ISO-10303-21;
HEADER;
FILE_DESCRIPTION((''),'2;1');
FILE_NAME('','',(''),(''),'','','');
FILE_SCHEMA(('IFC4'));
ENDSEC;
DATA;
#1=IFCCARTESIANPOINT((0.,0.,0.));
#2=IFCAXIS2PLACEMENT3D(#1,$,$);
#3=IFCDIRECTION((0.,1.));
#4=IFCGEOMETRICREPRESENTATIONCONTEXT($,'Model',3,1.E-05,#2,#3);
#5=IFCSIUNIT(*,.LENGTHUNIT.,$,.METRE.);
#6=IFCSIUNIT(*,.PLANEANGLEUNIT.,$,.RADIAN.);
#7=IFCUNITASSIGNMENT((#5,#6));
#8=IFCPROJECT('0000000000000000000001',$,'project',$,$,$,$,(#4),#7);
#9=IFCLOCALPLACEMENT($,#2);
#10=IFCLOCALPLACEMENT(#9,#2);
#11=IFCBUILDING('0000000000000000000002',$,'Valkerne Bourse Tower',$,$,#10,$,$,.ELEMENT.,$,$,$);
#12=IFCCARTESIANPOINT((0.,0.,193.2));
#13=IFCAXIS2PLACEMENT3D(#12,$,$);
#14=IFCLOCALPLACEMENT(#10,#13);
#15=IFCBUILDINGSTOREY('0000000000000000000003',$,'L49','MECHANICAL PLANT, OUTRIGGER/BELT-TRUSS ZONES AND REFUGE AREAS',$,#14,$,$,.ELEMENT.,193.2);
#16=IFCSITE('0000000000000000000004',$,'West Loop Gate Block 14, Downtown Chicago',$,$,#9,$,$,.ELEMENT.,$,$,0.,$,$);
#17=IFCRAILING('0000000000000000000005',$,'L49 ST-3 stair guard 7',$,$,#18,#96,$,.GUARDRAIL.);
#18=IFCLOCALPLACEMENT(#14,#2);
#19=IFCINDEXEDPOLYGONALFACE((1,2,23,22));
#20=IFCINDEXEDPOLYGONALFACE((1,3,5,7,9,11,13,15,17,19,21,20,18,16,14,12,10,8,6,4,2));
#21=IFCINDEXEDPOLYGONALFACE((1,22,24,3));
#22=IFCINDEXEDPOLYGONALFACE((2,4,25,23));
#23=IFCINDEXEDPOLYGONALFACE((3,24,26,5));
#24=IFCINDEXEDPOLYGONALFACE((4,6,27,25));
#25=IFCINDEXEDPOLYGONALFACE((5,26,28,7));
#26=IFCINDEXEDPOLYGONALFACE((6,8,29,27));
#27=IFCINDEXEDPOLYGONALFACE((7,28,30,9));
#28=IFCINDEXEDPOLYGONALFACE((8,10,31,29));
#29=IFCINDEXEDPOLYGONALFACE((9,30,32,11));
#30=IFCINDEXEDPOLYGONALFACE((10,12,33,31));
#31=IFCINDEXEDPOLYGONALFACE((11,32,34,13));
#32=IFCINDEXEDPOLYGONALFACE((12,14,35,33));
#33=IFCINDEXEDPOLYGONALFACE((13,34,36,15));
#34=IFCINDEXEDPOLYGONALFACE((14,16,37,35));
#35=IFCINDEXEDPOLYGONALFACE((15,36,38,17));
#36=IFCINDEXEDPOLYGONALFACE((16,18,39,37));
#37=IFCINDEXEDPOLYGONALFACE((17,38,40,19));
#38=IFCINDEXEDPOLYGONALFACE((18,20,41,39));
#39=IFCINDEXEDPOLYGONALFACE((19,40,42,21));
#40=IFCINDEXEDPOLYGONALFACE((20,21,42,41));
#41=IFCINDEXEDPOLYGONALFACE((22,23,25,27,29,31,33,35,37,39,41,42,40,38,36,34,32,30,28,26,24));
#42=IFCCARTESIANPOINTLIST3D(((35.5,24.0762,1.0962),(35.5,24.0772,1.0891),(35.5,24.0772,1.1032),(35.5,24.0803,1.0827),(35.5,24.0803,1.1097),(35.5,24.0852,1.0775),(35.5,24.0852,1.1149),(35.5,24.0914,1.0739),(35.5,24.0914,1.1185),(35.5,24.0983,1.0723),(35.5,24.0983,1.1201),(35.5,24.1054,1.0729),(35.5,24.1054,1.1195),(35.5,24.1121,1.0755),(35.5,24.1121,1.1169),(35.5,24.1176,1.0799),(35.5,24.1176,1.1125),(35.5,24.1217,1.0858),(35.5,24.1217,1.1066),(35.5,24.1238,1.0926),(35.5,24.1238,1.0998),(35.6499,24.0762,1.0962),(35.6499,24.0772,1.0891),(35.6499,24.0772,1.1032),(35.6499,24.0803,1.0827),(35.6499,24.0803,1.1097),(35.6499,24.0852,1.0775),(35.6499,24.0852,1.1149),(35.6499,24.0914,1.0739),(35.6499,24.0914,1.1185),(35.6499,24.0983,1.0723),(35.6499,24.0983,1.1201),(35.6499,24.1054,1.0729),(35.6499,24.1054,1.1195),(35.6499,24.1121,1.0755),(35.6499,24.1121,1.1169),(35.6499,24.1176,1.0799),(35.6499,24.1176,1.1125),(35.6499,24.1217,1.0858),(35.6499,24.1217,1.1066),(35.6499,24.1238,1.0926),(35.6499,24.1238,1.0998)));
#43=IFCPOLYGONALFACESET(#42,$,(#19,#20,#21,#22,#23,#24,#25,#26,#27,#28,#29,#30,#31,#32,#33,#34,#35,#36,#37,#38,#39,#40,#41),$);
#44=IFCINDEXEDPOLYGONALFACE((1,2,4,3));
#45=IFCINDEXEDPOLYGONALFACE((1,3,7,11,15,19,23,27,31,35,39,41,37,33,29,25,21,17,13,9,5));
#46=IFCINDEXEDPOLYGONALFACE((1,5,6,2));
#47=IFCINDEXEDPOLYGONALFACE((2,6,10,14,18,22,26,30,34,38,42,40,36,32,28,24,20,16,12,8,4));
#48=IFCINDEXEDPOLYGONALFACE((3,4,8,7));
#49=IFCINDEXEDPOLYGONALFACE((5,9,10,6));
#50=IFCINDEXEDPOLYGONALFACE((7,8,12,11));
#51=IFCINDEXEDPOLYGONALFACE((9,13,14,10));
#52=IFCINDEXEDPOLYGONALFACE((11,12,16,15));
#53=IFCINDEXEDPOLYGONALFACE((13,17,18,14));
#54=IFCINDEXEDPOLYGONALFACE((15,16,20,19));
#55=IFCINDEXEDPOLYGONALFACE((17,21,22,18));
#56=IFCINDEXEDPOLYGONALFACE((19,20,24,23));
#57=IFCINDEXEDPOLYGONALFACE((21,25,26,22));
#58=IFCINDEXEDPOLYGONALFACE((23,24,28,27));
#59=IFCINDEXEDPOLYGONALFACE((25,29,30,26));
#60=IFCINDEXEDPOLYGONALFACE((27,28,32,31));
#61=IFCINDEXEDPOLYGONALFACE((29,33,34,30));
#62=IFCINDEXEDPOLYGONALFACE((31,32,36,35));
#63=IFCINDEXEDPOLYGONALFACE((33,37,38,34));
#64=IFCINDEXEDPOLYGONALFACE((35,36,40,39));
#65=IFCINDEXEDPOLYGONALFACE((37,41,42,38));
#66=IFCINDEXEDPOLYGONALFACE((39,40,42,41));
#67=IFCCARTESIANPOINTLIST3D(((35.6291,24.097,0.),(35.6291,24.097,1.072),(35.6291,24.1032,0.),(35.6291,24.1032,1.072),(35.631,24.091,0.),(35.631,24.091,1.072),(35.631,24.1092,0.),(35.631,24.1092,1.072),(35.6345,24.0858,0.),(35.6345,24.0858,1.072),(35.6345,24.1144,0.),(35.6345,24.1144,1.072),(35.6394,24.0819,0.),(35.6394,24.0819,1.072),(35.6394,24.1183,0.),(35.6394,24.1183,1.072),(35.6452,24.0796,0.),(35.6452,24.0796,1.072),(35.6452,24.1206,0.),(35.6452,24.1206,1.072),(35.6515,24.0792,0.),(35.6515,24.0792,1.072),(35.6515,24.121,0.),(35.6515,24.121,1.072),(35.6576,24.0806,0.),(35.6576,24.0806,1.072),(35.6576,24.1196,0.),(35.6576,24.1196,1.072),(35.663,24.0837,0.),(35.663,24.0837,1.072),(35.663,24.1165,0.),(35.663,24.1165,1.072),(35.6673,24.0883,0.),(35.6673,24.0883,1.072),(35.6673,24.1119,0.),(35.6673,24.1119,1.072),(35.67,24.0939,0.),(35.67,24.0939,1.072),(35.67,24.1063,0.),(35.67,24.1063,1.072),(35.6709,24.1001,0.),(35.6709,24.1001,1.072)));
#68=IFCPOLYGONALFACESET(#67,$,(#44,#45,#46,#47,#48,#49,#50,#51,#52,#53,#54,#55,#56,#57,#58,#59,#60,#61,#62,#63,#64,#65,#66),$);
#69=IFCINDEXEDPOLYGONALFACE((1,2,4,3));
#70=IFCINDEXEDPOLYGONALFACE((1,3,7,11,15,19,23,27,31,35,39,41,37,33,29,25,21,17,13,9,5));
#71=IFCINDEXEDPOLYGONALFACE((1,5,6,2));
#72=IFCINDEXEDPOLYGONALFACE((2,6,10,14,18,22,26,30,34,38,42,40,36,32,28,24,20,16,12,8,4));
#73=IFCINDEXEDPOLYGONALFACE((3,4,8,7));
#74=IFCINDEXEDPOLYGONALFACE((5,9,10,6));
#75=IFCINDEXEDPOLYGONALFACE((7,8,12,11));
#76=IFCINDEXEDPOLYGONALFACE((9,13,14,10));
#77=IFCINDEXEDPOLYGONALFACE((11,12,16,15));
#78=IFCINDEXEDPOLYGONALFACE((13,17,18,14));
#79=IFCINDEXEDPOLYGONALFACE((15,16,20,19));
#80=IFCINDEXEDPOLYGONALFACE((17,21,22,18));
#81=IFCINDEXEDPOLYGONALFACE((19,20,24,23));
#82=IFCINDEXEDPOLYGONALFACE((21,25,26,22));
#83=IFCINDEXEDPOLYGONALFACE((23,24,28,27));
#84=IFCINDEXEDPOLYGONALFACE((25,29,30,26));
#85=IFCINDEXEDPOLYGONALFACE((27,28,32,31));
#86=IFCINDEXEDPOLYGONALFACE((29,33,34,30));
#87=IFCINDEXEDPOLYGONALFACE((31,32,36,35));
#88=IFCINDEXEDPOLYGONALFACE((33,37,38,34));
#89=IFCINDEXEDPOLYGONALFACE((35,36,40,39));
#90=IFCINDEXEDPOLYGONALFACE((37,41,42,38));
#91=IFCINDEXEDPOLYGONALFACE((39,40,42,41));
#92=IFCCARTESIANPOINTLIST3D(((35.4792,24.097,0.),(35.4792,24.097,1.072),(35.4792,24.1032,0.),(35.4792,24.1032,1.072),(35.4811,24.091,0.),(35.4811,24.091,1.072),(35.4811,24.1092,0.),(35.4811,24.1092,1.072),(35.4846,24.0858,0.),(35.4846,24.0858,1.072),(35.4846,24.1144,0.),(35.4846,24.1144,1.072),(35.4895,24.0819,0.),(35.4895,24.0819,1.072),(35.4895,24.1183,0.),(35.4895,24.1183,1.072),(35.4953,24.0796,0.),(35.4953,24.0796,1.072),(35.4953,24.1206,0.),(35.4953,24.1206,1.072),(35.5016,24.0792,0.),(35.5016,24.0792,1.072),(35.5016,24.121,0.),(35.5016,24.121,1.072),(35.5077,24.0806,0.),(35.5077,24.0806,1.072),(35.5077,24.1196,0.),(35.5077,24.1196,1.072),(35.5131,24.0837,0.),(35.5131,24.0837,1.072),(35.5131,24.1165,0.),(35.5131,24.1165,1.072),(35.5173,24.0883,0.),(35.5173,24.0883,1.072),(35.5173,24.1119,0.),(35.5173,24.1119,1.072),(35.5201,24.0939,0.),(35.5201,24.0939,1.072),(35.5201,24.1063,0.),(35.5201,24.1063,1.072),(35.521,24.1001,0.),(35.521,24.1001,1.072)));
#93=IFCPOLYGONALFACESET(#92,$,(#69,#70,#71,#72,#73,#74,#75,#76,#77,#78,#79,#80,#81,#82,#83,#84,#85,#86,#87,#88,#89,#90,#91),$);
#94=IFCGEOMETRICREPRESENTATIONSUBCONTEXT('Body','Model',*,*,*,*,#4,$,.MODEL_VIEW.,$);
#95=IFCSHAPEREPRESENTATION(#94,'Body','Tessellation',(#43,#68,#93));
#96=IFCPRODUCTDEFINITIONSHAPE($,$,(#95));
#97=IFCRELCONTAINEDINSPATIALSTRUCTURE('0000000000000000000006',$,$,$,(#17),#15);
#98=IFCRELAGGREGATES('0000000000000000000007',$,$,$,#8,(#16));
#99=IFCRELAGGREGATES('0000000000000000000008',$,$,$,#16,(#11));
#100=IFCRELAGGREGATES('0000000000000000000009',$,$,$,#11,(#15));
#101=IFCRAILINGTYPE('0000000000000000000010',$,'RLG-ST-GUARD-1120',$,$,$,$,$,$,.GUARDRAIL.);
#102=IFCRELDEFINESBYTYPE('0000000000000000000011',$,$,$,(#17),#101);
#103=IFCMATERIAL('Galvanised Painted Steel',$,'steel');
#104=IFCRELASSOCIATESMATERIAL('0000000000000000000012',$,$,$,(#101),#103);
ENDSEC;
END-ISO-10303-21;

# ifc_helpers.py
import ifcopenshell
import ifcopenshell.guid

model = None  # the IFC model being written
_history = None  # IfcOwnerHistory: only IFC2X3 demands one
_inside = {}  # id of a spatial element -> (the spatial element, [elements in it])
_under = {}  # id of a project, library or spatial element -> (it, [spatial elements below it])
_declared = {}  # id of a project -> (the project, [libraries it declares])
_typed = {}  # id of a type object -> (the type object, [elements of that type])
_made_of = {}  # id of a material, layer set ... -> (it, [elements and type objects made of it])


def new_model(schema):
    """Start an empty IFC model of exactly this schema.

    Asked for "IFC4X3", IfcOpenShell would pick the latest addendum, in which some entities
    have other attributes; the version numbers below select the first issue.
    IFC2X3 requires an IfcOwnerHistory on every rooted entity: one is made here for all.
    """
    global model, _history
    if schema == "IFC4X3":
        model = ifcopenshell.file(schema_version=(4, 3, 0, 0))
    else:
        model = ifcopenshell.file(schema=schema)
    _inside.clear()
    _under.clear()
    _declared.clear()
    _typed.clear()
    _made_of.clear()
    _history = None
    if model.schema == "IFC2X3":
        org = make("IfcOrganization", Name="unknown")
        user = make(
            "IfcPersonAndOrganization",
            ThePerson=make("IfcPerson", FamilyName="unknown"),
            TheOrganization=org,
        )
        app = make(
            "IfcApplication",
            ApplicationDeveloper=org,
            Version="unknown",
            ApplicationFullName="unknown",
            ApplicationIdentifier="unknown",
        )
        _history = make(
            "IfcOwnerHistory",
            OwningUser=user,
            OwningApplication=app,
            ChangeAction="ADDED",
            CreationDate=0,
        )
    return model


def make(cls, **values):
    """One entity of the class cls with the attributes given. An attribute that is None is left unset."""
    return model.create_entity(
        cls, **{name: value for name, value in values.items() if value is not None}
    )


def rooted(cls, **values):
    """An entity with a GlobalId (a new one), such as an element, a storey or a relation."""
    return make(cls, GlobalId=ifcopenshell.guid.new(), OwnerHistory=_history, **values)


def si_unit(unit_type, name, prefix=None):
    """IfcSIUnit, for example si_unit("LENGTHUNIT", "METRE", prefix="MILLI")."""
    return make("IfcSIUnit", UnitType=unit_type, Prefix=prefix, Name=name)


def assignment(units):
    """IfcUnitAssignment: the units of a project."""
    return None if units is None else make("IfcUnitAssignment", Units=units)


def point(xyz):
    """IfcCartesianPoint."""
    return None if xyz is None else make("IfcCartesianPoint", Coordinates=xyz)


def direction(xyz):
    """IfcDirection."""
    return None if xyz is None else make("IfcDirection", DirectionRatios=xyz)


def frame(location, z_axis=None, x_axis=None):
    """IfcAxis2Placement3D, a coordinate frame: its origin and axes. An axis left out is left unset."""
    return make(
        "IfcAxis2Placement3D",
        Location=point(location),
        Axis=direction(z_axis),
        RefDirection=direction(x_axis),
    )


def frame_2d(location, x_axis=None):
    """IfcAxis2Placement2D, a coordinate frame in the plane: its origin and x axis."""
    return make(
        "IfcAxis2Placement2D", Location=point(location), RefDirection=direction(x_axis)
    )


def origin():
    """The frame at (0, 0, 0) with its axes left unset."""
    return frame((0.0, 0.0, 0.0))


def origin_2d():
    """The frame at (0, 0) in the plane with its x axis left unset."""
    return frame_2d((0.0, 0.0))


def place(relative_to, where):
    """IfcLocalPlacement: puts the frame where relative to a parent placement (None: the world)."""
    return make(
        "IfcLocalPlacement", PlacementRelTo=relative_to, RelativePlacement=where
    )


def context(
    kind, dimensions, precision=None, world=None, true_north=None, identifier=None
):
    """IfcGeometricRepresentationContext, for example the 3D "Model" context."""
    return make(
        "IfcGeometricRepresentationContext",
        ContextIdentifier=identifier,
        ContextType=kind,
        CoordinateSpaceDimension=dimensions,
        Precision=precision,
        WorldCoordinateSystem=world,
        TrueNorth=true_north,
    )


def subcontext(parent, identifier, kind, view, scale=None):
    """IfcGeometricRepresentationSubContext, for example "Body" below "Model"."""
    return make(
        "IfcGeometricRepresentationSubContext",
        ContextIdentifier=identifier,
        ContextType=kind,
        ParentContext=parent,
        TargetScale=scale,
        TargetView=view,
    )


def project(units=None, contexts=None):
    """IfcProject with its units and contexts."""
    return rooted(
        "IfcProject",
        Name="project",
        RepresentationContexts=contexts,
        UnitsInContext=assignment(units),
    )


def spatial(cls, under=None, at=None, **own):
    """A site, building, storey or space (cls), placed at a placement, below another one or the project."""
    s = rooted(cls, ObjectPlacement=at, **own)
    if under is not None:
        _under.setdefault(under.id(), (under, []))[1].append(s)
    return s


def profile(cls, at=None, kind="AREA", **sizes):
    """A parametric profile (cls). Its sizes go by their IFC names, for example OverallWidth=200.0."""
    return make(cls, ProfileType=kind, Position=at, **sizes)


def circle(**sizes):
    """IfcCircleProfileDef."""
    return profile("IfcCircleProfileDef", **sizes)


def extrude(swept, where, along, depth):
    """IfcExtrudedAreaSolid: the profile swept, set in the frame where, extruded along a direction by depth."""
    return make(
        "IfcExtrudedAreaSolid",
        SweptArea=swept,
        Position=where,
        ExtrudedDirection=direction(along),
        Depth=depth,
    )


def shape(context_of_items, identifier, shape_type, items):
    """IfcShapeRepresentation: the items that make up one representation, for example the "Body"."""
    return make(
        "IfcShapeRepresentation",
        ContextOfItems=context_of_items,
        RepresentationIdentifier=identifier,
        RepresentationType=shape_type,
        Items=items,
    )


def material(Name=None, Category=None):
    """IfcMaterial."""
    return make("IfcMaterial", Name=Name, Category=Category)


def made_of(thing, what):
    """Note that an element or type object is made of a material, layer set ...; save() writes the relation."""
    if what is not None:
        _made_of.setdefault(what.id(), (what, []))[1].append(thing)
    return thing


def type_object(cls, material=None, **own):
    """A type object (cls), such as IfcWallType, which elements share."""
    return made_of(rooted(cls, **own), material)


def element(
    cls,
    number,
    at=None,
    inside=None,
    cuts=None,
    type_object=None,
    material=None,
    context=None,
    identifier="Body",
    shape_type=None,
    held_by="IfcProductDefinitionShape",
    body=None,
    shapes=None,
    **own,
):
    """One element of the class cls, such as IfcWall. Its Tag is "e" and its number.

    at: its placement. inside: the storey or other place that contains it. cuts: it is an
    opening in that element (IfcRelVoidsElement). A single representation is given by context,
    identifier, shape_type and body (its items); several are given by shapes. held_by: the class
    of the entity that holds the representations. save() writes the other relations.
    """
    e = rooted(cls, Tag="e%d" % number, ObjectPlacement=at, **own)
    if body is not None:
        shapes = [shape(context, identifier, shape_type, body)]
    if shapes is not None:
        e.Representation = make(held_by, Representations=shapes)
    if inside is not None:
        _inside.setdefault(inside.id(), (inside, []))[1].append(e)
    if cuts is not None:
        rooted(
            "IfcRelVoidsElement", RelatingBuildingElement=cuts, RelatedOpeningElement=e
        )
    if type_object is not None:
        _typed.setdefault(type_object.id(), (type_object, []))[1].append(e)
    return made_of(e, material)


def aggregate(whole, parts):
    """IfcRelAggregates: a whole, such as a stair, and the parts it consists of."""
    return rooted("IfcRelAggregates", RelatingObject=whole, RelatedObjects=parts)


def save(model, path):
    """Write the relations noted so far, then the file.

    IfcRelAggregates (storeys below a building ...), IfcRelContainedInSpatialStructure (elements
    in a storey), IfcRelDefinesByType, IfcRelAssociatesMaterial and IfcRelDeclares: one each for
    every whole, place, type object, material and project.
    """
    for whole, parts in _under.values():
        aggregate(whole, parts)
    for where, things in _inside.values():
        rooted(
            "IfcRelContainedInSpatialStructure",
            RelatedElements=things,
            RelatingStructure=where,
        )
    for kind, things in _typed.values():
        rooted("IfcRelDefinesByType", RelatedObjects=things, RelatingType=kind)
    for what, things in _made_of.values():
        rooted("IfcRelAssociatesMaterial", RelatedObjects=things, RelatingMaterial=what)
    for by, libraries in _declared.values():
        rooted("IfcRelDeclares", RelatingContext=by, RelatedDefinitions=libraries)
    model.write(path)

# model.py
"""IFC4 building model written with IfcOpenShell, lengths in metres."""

from ifc_helpers import new_model, si_unit, direction, frame, origin, origin_2d, place, context, subcontext, project, spatial, circle, extrude, material, type_object, element, save


model = new_model("IFC4")

# Units and contexts
model_context = context("Model", 3, precision=1e-05, world=origin(), true_north=direction((0.0, 1.0)))
body_context = subcontext(model_context, "Body", "Model", "MODEL_VIEW")
ifc_project = project(units=[si_unit("LENGTHUNIT", "METRE"), si_unit("PLANEANGLEUNIT", "RADIAN")], contexts=[model_context])

# Site, building, storey
site_placement = place(None, origin())
site = spatial("IfcSite", under=ifc_project, at=site_placement, Name="West Loop Gate Block 14, Downtown Chicago", CompositionType="ELEMENT", RefElevation=0.0)
building_placement = place(site_placement, origin())
building = spatial("IfcBuilding", under=site, at=building_placement, Name="Valkerne Bourse Tower", CompositionType="ELEMENT")
storey_placement = place(building_placement, frame((0.0, 0.0, 193.2)))
storey = spatial("IfcBuildingStorey", under=building, at=storey_placement, Name="L49", Description="MECHANICAL PLANT, OUTRIGGER/BELT-TRUSS ZONES AND REFUGE AREAS", CompositionType="ELEMENT", Elevation=193.2)

# Railing
ifc_material_1 = material(Name="Galvanised Painted Steel", Category="steel")
railing_type_1 = type_object("IfcRailingType", Name="RLG-ST-GUARD-1120", PredefinedType="GUARDRAIL", material=ifc_material_1)
railing_1_placement = place(storey_placement, frame((35.6499, 24.1001, 0.0)))
element("IfcRailing", 1, at=railing_1_placement, inside=storey, type_object=railing_type_1, Name="L49 ST-3 stair guard 7", PredefinedType="GUARDRAIL", context=body_context, shape_type="SweptSolid", body=[
    extrude(circle(Radius=0.0239, at=origin_2d()), frame((0.0, 0.0, 1.0962), z_axis=(-1.0, 0.0, 0.0), x_axis=(0.0, -1.0, 0.0)), (0.0, 0.0, 1.0), 0.1499),
    extrude(circle(Radius=0.021, at=origin_2d()), origin(), (0.0, 0.0, 1.0), 1.072),
    extrude(circle(Radius=0.021, at=origin_2d()), frame((-0.1499, 0.0, 0.0)), (0.0, 0.0, 1.0), 1.072),
])

save(model, "model.ifc")
